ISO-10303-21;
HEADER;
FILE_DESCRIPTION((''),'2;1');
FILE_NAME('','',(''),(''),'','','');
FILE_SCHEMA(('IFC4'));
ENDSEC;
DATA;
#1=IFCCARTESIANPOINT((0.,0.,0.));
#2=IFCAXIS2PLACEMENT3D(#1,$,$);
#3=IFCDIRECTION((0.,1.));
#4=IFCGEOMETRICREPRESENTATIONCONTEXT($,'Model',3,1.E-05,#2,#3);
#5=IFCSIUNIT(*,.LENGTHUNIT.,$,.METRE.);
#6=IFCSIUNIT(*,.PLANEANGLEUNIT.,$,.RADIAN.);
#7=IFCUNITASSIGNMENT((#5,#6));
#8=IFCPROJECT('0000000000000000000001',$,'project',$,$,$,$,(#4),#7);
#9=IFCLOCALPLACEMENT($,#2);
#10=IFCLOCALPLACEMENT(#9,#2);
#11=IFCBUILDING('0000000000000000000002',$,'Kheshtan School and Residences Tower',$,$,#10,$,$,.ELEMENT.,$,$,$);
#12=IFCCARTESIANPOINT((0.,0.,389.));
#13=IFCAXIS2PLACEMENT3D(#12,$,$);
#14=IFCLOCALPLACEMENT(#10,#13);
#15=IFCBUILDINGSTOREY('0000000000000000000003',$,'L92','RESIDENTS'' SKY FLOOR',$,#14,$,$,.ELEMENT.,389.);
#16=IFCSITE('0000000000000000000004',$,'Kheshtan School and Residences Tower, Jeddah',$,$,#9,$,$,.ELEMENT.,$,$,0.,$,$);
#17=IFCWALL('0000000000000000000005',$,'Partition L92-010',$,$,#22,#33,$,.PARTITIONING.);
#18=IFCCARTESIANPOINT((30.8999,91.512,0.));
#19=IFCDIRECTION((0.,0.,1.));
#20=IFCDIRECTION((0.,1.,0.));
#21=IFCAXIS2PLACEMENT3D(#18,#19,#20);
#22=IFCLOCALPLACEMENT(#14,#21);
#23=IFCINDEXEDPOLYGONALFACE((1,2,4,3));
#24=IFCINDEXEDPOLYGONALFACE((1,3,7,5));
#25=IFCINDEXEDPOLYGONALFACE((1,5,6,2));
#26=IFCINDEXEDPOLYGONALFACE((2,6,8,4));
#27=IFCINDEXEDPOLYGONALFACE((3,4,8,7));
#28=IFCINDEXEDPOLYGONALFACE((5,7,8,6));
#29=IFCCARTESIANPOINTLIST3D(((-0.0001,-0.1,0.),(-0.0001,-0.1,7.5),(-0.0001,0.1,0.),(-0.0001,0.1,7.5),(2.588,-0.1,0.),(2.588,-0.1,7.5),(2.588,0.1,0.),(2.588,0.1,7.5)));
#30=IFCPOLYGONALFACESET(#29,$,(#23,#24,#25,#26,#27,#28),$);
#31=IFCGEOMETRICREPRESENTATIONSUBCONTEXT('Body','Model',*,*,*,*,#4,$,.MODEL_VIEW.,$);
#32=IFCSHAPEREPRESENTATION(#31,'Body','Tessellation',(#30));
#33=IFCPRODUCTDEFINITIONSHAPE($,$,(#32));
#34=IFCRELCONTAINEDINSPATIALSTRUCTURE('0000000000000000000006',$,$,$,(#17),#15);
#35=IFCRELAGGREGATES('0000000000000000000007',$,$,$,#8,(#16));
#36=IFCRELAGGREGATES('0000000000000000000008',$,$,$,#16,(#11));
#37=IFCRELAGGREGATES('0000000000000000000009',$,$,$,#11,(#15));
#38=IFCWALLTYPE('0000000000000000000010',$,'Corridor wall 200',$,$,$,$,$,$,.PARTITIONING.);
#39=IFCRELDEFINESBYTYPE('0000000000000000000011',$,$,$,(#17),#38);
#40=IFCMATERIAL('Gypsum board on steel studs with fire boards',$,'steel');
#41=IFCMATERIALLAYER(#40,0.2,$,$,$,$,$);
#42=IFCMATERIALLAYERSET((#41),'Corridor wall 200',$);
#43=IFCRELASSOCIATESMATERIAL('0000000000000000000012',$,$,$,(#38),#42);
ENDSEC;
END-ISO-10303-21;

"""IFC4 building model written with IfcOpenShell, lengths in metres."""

from ifc_helpers import new_model, si_unit, direction, frame, frame_2d, origin, place, context, subcontext, project, spatial, rectangle, extrude, material, layer, layer_set, type_object, element, save


model = new_model("IFC4")

# Units and contexts
model_context = context("Model", 3, precision=1e-05, world=origin(), true_north=direction((0.0, 1.0)))
body_context = subcontext(model_context, "Body", "Model", "MODEL_VIEW")
ifc_project = project(units=[si_unit("LENGTHUNIT", "METRE"), si_unit("PLANEANGLEUNIT", "RADIAN")], contexts=[model_context])

# Site, building, storey
site_placement = place(None, origin())
site = spatial("IfcSite", under=ifc_project, at=site_placement, Name="Kheshtan School and Residences Tower, Jeddah", CompositionType="ELEMENT", RefElevation=0.0)
building_placement = place(site_placement, origin())
building = spatial("IfcBuilding", under=site, at=building_placement, Name="Kheshtan School and Residences Tower", CompositionType="ELEMENT")
storey_placement = place(building_placement, frame((0.0, 0.0, 389.0)))
storey = spatial("IfcBuildingStorey", under=building, at=storey_placement, Name="L92", Description="RESIDENTS' SKY FLOOR", CompositionType="ELEMENT", Elevation=389.0)

# Wall
ifc_material_1 = material(Name="Gypsum board on steel studs with fire boards", Category="steel")
ifc_layer_1 = layer(ifc_material_1, 0.2)
ifc_layer_set_1 = layer_set([ifc_layer_1], Name="Corridor wall 200")
wall_type_1 = type_object("IfcWallType", Name="Corridor wall 200", PredefinedType="PARTITIONING", material=ifc_layer_set_1)
wall_1_placement = place(storey_placement, frame((30.8999, 91.512, 0.0), z_axis=(0.0, 0.0, 1.0), x_axis=(0.0, 1.0, 0.0)))
element("IfcWall", 1, at=wall_1_placement, inside=storey, type_object=wall_type_1, Name="Partition L92-010", PredefinedType="PARTITIONING", context=body_context, shape_type="SweptSolid", body=[
    extrude(rectangle(XDim=2.5881, YDim=0.2, at=frame_2d((1.2939, 0.0))), origin(), (0.0, 0.0, 1.0), 7.5),
])

save(model, "model.ifc")
